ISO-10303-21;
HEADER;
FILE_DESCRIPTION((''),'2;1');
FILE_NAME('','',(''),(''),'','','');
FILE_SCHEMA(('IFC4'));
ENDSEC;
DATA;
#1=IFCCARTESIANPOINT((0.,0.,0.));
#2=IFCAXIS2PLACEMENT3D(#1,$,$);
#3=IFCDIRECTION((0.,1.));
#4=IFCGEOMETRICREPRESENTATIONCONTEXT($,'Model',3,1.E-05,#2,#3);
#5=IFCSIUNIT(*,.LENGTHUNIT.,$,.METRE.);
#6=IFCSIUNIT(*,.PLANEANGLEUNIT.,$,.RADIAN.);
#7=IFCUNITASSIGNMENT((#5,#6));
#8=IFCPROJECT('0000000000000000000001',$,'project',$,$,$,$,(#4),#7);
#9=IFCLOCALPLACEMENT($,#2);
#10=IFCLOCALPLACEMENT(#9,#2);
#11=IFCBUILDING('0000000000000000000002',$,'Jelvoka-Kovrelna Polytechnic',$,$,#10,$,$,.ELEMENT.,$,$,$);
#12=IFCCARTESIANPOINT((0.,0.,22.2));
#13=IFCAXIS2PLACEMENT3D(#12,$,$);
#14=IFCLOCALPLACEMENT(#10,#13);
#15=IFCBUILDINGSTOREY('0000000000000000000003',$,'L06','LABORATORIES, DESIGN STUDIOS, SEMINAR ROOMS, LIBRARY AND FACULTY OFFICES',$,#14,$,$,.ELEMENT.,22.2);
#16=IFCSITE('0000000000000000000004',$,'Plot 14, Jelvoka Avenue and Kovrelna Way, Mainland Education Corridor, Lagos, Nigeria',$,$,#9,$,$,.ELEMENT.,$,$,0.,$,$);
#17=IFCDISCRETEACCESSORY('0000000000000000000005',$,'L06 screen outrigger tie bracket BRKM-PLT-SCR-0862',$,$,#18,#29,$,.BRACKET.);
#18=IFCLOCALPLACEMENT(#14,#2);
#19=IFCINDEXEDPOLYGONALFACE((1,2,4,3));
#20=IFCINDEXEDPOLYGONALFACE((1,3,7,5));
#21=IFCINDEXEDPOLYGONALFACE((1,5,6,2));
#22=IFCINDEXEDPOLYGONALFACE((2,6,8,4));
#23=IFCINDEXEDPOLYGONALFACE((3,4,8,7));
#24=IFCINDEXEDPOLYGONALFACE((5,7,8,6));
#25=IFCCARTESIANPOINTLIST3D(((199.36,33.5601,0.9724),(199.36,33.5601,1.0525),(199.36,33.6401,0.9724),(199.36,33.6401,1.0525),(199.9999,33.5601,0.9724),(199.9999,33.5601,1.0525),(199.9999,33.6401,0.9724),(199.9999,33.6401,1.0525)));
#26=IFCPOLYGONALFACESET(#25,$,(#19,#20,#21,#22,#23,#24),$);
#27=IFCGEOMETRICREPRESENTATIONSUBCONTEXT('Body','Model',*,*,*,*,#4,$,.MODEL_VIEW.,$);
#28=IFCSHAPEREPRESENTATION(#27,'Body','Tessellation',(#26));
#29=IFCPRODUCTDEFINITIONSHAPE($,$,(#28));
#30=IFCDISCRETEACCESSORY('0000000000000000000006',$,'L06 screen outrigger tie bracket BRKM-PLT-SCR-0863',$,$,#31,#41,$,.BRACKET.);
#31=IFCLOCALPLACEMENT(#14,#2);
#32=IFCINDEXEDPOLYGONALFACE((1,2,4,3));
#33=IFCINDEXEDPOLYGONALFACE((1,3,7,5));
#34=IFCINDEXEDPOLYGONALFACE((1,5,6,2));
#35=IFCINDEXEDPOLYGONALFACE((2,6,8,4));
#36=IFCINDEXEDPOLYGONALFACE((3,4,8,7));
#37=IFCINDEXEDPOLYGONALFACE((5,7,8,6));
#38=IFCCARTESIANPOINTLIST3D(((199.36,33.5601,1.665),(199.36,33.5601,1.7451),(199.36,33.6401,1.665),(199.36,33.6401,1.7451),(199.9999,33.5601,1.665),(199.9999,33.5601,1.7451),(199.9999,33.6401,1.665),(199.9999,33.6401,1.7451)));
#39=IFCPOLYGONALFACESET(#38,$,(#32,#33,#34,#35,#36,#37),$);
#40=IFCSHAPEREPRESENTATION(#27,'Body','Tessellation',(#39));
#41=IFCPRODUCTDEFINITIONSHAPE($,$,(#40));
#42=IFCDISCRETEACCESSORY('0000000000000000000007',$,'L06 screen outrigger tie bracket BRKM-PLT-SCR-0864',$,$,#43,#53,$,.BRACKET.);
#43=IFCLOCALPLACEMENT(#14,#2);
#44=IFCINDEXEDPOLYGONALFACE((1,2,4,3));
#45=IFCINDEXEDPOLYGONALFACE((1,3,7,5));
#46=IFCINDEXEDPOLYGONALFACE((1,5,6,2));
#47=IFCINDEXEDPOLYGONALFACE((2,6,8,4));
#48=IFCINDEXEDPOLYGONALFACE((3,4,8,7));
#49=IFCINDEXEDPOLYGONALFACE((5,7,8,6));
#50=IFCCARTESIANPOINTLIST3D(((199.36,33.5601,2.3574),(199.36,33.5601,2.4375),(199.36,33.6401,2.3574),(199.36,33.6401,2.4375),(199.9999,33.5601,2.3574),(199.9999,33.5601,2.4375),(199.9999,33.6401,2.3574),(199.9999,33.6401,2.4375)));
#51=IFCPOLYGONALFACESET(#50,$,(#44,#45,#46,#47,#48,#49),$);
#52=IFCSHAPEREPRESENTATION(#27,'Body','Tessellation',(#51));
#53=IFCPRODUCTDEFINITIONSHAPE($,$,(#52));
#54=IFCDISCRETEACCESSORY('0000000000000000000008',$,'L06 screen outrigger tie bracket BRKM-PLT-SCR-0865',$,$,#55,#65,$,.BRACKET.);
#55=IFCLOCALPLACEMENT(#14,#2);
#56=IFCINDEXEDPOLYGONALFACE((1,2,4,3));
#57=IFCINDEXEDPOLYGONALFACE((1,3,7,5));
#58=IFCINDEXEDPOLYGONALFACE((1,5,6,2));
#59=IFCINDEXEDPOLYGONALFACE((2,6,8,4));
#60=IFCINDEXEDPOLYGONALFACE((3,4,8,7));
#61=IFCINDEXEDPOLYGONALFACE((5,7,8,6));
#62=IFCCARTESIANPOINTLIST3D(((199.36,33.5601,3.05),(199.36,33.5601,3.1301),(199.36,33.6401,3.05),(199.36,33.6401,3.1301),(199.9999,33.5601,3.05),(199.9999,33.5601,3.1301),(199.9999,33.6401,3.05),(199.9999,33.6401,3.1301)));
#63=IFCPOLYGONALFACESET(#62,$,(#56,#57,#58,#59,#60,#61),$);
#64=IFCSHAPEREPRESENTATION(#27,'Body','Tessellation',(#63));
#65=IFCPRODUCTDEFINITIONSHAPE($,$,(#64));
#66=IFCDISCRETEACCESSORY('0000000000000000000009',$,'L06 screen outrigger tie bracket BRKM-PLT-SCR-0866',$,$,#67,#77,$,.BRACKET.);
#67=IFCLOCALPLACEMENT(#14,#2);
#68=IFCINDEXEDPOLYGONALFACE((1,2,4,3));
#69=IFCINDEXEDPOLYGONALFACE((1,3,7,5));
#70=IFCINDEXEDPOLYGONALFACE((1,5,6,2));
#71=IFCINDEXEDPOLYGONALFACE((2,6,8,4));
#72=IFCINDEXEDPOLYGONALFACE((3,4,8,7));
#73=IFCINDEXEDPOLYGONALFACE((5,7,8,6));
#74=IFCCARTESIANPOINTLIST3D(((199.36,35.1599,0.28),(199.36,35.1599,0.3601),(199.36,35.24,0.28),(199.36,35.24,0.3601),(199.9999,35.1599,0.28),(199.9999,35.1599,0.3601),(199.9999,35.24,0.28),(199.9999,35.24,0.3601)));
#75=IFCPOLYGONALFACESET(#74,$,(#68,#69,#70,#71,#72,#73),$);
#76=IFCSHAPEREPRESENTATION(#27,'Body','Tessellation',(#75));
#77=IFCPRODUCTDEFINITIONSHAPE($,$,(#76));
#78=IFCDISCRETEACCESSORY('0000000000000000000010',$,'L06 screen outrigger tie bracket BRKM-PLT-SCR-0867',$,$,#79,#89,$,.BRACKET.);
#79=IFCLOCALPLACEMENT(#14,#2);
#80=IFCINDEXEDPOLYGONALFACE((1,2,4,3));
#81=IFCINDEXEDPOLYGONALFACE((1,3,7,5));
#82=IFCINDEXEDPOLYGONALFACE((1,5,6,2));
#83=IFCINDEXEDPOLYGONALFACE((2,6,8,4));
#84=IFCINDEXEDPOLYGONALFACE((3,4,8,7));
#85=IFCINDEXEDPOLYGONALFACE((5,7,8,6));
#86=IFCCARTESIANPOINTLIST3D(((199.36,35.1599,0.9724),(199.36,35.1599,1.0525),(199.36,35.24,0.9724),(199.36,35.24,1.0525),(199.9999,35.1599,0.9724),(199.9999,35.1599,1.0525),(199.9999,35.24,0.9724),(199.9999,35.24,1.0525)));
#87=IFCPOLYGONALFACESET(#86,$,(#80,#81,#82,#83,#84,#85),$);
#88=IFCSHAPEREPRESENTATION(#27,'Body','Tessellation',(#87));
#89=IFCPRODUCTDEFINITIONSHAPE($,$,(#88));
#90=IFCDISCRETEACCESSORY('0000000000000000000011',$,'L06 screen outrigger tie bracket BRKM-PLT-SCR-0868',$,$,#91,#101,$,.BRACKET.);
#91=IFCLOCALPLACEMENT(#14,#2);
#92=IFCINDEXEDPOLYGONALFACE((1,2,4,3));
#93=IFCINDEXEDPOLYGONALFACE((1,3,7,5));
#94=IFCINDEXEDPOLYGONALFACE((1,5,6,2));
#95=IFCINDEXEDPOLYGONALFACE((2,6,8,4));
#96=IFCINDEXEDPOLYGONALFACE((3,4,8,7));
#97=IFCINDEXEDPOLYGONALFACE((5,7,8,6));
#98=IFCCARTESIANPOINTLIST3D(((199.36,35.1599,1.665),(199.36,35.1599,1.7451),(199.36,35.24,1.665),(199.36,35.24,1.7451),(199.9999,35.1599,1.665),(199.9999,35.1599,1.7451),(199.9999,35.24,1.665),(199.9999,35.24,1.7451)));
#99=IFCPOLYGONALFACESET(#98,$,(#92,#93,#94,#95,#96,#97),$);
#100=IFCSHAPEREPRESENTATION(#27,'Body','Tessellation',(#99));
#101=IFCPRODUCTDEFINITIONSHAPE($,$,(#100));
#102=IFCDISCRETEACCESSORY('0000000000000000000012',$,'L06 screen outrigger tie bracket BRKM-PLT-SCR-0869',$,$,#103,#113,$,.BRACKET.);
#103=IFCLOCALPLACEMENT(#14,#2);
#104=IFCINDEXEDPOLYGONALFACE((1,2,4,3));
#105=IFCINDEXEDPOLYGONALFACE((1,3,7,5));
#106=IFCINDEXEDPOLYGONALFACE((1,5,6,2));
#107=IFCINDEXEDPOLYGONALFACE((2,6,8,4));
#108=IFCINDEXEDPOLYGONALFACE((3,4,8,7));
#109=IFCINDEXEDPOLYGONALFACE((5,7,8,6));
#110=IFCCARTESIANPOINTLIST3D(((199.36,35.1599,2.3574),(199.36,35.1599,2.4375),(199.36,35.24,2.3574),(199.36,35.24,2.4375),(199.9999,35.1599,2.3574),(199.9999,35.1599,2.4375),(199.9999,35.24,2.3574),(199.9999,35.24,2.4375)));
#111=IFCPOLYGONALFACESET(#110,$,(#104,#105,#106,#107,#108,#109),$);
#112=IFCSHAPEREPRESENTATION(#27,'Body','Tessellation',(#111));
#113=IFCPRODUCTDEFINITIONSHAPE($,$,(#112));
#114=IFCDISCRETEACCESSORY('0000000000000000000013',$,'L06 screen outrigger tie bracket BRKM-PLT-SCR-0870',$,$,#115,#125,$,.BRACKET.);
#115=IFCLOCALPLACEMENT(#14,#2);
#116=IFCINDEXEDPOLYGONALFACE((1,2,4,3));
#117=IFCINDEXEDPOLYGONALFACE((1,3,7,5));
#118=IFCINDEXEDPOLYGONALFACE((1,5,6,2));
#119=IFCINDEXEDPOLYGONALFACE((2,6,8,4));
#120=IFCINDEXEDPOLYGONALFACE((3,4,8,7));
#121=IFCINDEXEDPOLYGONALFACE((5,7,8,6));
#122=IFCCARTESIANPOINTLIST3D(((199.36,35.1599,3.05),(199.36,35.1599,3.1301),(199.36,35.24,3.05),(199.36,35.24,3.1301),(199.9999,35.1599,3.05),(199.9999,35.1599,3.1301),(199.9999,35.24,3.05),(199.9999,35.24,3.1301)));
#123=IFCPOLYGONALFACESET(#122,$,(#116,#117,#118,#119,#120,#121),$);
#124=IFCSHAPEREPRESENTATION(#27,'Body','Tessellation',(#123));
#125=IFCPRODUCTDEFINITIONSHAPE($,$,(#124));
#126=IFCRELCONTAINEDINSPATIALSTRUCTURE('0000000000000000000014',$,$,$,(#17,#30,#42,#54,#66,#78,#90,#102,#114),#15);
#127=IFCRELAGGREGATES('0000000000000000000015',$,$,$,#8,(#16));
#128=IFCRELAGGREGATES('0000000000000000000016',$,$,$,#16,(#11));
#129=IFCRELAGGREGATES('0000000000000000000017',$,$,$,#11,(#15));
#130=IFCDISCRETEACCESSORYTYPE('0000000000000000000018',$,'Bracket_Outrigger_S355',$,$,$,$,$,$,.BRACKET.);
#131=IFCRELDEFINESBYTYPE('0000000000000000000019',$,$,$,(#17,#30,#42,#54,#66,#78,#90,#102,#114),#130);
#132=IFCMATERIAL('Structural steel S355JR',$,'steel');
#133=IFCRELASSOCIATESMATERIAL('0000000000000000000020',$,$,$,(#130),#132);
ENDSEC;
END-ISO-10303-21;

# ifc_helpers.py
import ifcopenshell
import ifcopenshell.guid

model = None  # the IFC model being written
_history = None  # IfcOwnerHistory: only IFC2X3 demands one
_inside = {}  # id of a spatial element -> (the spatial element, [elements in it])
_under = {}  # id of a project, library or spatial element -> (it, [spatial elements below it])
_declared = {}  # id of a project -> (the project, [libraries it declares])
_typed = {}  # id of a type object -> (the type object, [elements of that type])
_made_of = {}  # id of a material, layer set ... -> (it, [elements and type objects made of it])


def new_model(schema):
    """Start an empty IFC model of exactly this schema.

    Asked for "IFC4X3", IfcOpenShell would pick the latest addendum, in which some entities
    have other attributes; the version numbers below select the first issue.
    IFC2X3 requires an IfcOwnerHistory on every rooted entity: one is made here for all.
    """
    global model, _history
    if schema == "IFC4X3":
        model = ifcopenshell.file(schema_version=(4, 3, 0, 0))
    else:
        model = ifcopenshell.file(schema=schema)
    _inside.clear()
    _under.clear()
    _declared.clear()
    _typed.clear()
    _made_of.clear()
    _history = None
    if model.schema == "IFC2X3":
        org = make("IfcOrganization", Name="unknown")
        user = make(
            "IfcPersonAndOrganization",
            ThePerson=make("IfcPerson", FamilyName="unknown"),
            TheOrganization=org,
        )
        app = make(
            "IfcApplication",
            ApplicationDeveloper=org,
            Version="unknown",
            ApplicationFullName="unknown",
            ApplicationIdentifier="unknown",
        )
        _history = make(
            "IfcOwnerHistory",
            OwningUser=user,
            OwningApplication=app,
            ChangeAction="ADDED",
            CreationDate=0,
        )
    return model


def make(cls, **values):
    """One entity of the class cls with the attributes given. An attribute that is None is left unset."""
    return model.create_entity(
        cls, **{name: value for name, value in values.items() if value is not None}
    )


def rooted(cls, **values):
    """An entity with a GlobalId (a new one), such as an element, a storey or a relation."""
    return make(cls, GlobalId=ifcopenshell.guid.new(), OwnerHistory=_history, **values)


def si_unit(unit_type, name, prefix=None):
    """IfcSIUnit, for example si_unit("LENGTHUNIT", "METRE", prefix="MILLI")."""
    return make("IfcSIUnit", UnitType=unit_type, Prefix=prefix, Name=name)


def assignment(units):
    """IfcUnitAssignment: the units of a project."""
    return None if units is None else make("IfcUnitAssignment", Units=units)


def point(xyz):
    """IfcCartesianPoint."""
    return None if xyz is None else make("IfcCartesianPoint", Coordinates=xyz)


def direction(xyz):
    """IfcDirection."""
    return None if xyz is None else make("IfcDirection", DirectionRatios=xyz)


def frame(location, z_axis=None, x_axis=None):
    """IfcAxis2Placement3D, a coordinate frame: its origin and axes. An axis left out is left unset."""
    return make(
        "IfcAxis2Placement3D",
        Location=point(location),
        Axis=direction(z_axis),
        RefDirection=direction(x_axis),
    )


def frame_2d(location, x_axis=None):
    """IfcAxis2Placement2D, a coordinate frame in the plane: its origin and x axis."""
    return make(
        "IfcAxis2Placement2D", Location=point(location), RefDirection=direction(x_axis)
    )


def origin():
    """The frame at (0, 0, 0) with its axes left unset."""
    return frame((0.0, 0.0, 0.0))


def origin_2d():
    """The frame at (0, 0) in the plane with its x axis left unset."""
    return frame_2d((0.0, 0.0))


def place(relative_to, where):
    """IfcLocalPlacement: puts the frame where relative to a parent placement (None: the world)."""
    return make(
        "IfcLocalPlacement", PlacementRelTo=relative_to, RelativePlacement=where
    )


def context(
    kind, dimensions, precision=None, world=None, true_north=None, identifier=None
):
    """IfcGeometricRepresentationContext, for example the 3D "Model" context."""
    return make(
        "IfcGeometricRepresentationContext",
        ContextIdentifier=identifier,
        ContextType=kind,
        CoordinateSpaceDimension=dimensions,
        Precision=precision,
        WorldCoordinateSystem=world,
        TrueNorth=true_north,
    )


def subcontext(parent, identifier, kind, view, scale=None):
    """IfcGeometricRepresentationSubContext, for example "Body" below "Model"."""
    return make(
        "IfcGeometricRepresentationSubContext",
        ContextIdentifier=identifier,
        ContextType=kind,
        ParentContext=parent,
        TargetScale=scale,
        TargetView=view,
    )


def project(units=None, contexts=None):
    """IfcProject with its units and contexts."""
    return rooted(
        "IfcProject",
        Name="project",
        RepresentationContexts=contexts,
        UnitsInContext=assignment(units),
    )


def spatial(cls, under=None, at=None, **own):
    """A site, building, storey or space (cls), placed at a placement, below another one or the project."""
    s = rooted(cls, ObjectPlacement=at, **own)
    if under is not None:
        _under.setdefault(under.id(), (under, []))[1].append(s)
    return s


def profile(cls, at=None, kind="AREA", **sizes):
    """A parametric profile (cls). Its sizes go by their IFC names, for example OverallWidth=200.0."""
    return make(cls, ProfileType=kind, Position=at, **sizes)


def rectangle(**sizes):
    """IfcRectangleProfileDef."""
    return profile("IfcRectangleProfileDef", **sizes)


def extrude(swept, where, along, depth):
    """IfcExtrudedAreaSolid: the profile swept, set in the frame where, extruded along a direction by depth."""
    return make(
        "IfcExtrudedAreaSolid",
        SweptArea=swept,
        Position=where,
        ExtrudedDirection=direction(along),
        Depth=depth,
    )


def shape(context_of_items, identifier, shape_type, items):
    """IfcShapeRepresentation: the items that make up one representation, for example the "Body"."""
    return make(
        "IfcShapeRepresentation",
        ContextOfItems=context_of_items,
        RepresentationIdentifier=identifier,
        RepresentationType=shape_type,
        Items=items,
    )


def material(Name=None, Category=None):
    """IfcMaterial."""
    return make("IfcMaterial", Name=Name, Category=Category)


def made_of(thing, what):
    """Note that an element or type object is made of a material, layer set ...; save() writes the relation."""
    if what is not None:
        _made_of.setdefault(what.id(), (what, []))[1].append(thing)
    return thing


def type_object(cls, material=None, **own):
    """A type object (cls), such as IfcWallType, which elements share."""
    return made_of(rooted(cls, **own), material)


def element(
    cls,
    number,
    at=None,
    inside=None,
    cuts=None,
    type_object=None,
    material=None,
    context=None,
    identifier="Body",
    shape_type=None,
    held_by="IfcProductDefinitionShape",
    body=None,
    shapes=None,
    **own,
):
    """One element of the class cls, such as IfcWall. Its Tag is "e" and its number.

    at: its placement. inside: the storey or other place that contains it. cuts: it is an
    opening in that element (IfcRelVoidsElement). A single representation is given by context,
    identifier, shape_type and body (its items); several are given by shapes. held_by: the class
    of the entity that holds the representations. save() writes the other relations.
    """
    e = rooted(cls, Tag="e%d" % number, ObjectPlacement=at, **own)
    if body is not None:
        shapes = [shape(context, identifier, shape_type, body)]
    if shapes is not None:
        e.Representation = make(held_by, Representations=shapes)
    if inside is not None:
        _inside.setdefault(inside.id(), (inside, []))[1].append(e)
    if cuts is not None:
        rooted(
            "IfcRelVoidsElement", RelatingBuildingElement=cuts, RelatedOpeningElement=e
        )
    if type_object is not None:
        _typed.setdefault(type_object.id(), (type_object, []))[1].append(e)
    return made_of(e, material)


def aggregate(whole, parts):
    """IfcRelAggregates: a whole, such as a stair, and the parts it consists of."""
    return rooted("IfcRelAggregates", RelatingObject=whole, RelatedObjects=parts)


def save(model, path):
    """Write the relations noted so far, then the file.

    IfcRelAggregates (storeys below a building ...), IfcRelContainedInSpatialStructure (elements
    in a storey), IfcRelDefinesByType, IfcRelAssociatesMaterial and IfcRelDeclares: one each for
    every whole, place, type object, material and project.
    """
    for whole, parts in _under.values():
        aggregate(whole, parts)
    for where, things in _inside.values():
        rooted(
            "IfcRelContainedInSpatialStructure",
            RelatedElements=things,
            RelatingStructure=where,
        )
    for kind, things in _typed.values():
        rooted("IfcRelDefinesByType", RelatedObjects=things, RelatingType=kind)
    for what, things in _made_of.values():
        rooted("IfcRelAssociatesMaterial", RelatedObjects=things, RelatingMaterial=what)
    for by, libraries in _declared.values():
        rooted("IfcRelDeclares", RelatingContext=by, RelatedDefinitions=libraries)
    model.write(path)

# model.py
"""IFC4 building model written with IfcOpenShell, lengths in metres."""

from ifc_helpers import new_model, si_unit, direction, frame, origin, origin_2d, place, context, subcontext, project, spatial, rectangle, extrude, material, type_object, element, save


model = new_model("IFC4")

# Units and contexts
model_context = context("Model", 3, precision=1e-05, world=origin(), true_north=direction((0.0, 1.0)))
body_context = subcontext(model_context, "Body", "Model", "MODEL_VIEW")
ifc_project = project(units=[si_unit("LENGTHUNIT", "METRE"), si_unit("PLANEANGLEUNIT", "RADIAN")], contexts=[model_context])

# Site, building, storey
site_placement = place(None, origin())
site = spatial("IfcSite", under=ifc_project, at=site_placement, Name="Plot 14, Jelvoka Avenue and Kovrelna Way, Mainland Education Corridor, Lagos, Nigeria", CompositionType="ELEMENT", RefElevation=0.0)
building_placement = place(site_placement, origin())
building = spatial("IfcBuilding", under=site, at=building_placement, Name="Jelvoka-Kovrelna Polytechnic", CompositionType="ELEMENT")
storey_placement = place(building_placement, frame((0.0, 0.0, 22.2)))
storey = spatial("IfcBuildingStorey", under=building, at=storey_placement, Name="L06", Description="LABORATORIES, DESIGN STUDIOS, SEMINAR ROOMS, LIBRARY AND FACULTY OFFICES", CompositionType="ELEMENT", Elevation=22.2)

# Discrete accessories
ifc_material_1 = material(Name="Structural steel S355JR", Category="steel")
discrete_accessory_type = type_object("IfcDiscreteAccessoryType", Name="Bracket_Outrigger_S355", PredefinedType="BRACKET", material=ifc_material_1)
for number, where, z_axis, x_axis, name in (
    (1, (199.6799, 33.6001, 0.9724), (0.0, 0.0, 1.0), (1.0, 0.0, 0.0), "L06 screen outrigger tie bracket BRKM-PLT-SCR-0862"),
    (2, (199.6799, 33.6001, 1.665), (0.0, 0.0, 1.0), (1.0, 0.0, 0.0), "L06 screen outrigger tie bracket BRKM-PLT-SCR-0863"),
    (3, (199.6799, 33.6001, 2.3574), (0.0, 0.0, 1.0), (1.0, 0.0, 0.0), "L06 screen outrigger tie bracket BRKM-PLT-SCR-0864"),
    (4, (199.6799, 33.6001, 3.05), (0.0, 0.0, 1.0), (1.0, 0.0, 0.0), "L06 screen outrigger tie bracket BRKM-PLT-SCR-0865"),
    (5, (199.6799, 35.2, 0.28), (0.0, 0.0, 1.0), (1.0, 0.0, 0.0), "L06 screen outrigger tie bracket BRKM-PLT-SCR-0866"),
    (6, (199.6799, 35.2, 0.9724), (0.0, 0.0, 1.0), (1.0, 0.0, 0.0), "L06 screen outrigger tie bracket BRKM-PLT-SCR-0867"),
    (7, (199.6799, 35.2, 1.665), (0.0, 0.0, 1.0), (1.0, 0.0, 0.0), "L06 screen outrigger tie bracket BRKM-PLT-SCR-0868"),
    (8, (199.6799, 35.2, 2.3574), (0.0, 0.0, 1.0), (1.0, 0.0, 0.0), "L06 screen outrigger tie bracket BRKM-PLT-SCR-0869"),
    (9, (199.6799, 35.2, 3.05), (0.0, 0.0, 1.0), (1.0, 0.0, 0.0), "L06 screen outrigger tie bracket BRKM-PLT-SCR-0870"),
):
    element("IfcDiscreteAccessory", number, at=place(storey_placement, frame(where, z_axis=z_axis, x_axis=x_axis)), inside=storey, type_object=discrete_accessory_type, Name=name, PredefinedType="BRACKET", context=body_context, shape_type="SweptSolid", body=[
        extrude(rectangle(XDim=0.6399, YDim=0.0801, at=origin_2d()), origin(), (0.0, 0.0, 1.0), 0.0801),
    ])

save(model, "model.ifc")
